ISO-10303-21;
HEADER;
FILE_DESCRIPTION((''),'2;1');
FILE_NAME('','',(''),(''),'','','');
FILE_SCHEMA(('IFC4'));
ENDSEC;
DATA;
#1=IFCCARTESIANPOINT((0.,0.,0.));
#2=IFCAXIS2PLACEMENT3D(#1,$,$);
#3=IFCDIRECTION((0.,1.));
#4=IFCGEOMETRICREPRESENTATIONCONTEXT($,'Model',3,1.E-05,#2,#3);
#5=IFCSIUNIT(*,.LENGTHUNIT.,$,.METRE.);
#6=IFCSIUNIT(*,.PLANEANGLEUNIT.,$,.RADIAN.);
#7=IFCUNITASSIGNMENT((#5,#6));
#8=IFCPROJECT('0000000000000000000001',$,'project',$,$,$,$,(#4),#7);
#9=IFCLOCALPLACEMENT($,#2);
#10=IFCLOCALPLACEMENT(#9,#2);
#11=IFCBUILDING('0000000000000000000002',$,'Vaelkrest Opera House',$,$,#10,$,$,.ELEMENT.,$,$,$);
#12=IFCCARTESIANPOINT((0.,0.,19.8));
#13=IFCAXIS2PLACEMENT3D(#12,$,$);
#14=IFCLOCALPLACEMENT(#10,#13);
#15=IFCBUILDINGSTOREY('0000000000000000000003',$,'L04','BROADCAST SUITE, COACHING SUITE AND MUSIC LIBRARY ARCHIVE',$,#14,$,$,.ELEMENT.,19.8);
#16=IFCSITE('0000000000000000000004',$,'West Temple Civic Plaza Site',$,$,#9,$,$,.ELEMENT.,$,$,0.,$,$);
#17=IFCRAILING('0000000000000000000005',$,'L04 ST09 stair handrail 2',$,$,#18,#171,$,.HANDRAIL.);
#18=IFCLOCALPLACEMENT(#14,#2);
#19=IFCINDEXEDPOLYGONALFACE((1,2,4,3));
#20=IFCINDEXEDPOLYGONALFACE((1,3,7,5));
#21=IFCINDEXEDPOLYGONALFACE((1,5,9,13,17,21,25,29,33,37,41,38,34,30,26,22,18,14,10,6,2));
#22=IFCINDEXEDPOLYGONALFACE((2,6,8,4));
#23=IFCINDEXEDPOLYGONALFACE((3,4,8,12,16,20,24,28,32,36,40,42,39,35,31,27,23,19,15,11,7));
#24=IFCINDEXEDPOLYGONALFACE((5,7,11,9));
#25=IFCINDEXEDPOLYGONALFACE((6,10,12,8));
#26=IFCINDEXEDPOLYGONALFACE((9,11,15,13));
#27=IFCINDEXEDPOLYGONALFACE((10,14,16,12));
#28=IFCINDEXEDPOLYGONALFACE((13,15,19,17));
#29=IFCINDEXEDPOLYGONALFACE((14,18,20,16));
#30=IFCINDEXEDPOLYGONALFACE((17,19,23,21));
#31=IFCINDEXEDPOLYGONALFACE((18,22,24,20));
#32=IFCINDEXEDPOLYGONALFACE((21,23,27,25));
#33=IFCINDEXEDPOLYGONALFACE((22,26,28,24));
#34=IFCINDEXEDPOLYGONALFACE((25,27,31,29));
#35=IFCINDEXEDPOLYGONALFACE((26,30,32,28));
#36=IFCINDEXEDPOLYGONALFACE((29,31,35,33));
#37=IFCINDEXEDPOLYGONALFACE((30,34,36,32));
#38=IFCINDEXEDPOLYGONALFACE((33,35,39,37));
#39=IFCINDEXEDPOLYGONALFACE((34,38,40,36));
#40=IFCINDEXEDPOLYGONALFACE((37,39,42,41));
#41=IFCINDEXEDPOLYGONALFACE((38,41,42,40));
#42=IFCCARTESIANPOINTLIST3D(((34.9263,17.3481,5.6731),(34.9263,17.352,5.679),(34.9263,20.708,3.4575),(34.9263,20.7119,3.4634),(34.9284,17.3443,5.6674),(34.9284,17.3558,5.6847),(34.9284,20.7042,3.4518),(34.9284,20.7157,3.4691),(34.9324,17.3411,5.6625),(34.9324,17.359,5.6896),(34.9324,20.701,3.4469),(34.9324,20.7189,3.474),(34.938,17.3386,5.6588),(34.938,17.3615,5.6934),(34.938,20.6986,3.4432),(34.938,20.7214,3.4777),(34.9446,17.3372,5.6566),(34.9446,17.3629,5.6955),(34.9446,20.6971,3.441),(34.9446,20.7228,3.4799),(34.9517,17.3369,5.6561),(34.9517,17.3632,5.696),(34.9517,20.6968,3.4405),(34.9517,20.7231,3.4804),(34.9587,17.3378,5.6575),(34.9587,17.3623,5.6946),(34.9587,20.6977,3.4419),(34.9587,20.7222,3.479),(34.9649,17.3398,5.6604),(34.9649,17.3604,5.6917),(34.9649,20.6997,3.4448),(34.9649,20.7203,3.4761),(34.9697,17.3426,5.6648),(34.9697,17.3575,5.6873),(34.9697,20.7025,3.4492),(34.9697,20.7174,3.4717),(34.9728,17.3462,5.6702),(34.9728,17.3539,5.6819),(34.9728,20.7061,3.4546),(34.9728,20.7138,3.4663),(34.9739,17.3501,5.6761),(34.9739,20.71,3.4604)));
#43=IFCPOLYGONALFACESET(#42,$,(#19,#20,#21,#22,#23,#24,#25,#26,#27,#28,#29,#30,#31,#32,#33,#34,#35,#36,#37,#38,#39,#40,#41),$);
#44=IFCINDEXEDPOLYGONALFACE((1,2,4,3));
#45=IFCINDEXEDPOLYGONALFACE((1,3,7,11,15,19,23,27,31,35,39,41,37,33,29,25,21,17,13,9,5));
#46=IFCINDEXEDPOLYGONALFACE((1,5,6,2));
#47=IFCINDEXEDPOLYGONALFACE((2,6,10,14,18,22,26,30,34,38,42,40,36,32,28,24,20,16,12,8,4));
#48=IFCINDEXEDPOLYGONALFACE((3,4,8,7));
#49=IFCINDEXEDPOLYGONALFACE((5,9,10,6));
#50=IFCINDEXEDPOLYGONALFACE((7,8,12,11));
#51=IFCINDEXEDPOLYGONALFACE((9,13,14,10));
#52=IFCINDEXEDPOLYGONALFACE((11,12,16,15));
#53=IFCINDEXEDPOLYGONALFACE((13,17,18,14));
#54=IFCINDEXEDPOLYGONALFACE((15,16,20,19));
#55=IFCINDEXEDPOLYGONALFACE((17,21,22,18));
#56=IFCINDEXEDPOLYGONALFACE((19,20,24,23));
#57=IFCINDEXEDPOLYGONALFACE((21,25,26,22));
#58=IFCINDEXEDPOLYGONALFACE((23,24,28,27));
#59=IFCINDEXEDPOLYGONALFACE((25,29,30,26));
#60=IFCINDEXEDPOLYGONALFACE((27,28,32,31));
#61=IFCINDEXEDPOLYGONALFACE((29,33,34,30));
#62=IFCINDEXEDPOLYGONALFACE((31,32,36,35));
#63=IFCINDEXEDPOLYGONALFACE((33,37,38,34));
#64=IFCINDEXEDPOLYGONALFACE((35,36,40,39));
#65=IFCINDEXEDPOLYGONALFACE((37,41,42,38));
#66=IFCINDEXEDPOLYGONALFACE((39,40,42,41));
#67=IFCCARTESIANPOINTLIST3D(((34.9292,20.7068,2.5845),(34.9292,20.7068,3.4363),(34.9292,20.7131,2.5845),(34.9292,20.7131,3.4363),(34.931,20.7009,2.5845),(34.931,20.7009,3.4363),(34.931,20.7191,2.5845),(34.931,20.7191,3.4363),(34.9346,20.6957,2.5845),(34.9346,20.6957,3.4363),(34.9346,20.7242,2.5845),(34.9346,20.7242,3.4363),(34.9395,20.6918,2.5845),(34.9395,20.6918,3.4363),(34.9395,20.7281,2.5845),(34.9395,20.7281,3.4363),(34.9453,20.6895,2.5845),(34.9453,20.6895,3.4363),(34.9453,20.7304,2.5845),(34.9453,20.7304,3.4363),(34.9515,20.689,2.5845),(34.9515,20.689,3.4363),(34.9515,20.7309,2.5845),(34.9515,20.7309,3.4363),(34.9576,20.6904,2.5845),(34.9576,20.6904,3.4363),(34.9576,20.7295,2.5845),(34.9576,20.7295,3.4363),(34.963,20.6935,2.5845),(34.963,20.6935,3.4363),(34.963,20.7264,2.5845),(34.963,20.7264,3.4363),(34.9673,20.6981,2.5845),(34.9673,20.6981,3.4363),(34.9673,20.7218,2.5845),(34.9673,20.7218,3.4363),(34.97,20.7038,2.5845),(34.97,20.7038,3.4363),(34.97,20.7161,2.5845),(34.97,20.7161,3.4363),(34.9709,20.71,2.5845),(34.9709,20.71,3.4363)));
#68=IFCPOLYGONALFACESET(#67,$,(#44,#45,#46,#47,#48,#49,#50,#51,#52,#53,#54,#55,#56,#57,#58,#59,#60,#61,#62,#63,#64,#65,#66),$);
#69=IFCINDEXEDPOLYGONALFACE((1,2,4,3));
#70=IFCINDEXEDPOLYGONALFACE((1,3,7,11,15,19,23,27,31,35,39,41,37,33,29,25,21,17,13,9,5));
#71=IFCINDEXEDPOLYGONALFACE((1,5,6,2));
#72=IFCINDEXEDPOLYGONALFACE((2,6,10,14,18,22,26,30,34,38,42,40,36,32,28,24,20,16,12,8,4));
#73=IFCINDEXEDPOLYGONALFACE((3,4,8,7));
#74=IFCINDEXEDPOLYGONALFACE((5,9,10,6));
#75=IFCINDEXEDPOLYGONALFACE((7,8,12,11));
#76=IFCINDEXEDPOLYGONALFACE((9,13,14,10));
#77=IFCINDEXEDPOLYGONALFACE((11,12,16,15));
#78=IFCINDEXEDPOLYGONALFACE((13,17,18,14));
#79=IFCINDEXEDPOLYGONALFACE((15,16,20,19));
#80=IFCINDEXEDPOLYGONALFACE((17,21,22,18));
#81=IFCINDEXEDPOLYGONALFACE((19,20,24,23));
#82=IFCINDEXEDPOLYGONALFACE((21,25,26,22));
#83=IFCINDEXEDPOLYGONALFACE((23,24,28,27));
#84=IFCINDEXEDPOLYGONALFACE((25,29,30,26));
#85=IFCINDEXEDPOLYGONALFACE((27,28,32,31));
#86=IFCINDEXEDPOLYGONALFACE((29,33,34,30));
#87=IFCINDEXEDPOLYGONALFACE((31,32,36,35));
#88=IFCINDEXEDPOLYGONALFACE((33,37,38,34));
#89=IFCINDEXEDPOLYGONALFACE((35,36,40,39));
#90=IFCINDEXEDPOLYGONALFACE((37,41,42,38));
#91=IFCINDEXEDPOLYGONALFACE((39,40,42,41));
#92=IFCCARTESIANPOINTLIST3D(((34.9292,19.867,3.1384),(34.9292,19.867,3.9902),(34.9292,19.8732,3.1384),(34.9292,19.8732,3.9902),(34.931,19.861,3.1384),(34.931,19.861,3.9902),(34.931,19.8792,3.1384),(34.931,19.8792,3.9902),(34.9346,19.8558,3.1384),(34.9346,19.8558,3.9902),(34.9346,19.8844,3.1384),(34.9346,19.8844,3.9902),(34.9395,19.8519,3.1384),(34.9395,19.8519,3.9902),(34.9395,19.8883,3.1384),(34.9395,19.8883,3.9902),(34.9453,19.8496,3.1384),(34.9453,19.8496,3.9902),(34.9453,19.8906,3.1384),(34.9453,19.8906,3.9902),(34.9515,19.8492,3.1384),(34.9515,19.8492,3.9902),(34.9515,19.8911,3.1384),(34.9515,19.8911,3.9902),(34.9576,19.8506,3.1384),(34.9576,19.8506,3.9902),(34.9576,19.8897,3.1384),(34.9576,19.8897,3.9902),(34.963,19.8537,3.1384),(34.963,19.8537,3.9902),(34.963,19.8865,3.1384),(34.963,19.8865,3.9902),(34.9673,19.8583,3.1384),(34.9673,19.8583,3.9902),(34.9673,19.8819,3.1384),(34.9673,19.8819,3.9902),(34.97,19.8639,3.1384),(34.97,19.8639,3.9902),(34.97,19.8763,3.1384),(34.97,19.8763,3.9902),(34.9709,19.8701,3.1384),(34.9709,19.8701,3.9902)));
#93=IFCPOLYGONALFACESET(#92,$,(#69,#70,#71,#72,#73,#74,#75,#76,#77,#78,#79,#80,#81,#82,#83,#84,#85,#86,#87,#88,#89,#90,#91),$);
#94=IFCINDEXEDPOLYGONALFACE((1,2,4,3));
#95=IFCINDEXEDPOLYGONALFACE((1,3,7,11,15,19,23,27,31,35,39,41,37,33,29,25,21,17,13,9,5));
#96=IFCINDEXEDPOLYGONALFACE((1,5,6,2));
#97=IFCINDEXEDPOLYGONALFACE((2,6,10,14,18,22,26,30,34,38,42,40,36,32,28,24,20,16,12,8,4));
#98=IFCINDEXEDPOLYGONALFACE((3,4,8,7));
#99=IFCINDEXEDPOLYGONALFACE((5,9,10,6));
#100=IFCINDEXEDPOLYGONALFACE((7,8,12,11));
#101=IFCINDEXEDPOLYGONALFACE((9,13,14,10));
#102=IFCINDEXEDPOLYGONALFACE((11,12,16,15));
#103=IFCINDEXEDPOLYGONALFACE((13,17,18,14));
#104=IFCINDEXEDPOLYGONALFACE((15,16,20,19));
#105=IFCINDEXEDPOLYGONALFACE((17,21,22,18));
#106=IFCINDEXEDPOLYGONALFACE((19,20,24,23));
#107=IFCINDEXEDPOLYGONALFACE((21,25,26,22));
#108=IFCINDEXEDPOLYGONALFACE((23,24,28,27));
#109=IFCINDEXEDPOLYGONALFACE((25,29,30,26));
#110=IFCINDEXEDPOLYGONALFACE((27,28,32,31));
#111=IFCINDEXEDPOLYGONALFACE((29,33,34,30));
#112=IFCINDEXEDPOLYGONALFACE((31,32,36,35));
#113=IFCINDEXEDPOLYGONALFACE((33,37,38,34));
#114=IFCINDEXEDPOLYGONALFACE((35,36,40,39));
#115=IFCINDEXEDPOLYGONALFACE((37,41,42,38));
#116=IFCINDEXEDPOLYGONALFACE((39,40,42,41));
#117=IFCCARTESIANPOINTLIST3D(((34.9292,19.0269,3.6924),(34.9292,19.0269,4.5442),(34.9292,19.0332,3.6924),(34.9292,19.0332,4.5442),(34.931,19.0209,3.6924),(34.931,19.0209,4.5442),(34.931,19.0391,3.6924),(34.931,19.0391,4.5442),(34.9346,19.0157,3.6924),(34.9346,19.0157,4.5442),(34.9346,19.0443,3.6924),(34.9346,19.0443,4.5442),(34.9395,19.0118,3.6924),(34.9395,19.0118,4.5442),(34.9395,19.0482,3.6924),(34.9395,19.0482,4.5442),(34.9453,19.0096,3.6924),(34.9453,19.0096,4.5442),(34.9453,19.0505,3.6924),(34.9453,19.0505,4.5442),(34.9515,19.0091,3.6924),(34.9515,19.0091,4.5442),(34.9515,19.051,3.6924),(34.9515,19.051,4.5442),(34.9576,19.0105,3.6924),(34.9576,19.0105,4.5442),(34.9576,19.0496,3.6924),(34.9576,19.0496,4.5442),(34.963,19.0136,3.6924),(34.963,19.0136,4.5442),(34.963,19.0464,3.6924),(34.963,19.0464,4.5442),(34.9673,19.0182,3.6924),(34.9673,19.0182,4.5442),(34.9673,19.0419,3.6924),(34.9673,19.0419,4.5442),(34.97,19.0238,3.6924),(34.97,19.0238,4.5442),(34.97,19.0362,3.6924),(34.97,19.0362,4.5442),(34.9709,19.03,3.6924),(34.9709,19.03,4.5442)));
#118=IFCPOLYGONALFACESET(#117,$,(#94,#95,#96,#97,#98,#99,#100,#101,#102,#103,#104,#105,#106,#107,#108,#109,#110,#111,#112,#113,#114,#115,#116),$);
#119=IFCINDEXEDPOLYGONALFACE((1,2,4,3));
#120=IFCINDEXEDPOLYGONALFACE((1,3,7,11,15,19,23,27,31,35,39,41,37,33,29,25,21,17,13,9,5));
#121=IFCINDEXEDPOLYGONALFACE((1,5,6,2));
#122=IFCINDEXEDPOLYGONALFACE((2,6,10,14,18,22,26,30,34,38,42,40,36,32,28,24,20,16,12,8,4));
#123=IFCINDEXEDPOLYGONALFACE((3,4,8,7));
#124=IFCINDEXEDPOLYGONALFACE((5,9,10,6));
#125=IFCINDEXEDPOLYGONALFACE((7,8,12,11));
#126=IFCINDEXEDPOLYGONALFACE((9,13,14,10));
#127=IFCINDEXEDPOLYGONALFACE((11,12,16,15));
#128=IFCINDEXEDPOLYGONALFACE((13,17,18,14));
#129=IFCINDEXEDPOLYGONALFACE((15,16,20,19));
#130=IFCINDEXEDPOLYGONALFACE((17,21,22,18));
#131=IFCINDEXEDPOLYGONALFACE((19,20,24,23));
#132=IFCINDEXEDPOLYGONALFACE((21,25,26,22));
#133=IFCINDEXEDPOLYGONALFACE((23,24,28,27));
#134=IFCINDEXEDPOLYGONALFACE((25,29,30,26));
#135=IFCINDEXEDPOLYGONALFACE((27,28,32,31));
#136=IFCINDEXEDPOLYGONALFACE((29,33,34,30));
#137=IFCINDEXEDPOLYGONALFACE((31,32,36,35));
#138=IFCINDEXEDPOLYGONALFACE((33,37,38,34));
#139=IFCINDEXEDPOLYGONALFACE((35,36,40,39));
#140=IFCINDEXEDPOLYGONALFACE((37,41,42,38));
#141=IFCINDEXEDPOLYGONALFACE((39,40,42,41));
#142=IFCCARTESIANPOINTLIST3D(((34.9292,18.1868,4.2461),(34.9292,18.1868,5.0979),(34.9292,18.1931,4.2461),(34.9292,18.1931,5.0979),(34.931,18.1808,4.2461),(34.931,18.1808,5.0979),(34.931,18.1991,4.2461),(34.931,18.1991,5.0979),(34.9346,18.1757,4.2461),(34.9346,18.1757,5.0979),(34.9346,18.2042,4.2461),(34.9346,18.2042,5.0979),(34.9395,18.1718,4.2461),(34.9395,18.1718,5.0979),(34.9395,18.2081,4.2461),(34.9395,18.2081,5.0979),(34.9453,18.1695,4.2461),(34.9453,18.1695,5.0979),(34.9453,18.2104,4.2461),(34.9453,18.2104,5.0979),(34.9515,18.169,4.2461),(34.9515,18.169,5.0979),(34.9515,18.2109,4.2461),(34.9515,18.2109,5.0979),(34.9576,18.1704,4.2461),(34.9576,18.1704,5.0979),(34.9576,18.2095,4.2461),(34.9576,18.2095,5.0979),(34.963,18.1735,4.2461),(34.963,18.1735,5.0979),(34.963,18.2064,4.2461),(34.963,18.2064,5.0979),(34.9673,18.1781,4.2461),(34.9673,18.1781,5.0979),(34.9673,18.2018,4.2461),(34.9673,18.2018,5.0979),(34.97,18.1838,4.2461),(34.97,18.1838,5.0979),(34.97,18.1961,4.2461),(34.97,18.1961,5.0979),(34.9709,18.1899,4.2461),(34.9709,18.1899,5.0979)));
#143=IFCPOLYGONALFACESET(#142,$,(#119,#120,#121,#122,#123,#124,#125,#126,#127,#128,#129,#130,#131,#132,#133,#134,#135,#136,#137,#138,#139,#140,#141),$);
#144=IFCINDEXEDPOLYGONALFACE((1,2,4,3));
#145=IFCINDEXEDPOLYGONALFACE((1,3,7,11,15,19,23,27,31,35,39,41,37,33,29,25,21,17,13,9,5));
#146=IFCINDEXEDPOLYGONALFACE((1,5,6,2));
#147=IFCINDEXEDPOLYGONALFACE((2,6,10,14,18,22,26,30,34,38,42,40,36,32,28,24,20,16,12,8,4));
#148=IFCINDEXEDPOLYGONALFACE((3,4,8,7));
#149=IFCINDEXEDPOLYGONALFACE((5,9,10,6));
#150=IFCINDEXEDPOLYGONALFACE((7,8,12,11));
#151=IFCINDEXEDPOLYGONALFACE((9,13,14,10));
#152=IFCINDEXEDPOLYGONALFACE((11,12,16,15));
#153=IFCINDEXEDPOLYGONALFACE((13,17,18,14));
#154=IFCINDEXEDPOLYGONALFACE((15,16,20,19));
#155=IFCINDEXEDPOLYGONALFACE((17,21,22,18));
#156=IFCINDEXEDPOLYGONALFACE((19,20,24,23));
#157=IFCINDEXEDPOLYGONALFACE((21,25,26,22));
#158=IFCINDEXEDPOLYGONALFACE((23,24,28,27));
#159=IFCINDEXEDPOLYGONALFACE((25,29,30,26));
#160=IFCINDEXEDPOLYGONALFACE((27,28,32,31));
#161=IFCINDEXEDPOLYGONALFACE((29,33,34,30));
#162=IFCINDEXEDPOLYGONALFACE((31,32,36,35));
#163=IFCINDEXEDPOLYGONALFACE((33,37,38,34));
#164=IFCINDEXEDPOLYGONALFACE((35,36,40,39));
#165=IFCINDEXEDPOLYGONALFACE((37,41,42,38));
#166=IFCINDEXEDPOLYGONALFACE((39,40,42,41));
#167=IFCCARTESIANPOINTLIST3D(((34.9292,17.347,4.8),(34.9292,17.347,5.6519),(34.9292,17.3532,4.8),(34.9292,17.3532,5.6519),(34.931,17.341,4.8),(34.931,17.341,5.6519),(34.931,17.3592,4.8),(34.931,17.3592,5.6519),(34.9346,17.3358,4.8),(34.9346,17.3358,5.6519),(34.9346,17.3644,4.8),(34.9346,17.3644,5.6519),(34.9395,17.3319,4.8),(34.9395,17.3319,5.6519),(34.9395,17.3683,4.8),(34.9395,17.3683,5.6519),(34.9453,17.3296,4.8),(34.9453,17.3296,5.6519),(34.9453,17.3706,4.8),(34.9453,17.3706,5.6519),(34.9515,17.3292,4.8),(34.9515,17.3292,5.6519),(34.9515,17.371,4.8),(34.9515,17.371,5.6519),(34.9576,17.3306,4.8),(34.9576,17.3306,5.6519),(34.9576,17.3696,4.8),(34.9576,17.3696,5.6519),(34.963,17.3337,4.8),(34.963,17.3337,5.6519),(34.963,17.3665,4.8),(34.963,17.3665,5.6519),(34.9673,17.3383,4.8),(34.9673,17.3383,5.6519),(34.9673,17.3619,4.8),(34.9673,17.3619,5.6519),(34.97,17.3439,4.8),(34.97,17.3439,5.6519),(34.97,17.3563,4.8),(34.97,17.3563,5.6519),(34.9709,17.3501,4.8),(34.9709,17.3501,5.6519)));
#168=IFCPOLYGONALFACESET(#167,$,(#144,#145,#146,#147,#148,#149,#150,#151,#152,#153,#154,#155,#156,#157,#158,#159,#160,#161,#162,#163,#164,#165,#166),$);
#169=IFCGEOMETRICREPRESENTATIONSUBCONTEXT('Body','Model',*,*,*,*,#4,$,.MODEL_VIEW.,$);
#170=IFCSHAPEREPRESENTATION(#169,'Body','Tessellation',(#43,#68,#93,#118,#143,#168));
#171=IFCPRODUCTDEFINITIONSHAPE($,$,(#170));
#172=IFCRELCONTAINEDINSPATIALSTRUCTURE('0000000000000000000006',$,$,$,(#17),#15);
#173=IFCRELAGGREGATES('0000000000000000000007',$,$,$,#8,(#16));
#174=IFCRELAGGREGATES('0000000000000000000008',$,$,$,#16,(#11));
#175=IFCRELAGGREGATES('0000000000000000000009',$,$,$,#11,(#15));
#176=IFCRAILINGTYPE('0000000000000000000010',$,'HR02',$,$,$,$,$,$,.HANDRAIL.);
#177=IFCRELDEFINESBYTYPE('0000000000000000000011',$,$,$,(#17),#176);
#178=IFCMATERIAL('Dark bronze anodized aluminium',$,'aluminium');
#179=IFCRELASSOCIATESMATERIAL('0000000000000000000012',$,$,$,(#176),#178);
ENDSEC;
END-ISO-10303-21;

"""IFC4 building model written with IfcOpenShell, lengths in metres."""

from ifc_helpers import new_model, si_unit, direction, frame, origin, origin_2d, place, context, subcontext, project, spatial, circle, extrude, material, type_object, element, save


model = new_model("IFC4")

# Units and contexts
model_context = context("Model", 3, precision=1e-05, world=origin(), true_north=direction((0.0, 1.0)))
body_context = subcontext(model_context, "Body", "Model", "MODEL_VIEW")
ifc_project = project(units=[si_unit("LENGTHUNIT", "METRE"), si_unit("PLANEANGLEUNIT", "RADIAN")], contexts=[model_context])

# Site, building, storey
site_placement = place(None, origin())
site = spatial("IfcSite", under=ifc_project, at=site_placement, Name="West Temple Civic Plaza Site", CompositionType="ELEMENT", RefElevation=0.0)
building_placement = place(site_placement, origin())
building = spatial("IfcBuilding", under=site, at=building_placement, Name="Vaelkrest Opera House", CompositionType="ELEMENT")
storey_placement = place(building_placement, frame((0.0, 0.0, 19.8)))
storey = spatial("IfcBuildingStorey", under=building, at=storey_placement, Name="L04", Description="BROADCAST SUITE, COACHING SUITE AND MUSIC LIBRARY ARCHIVE", CompositionType="ELEMENT", Elevation=19.8)

# Railing
ifc_material_1 = material(Name="Dark bronze anodized aluminium", Category="aluminium")
railing_type_1 = type_object("IfcRailingType", Name="HR02", PredefinedType="HANDRAIL", material=ifc_material_1)
railing_1_placement = place(storey_placement, frame((34.95, 20.71, 2.5845)))
element("IfcRailing", 1, at=railing_1_placement, inside=storey, type_object=railing_type_1, Name="L04 ST09 stair handrail 2", PredefinedType="HANDRAIL", context=body_context, shape_type="SweptSolid", body=[
    extrude(circle(Radius=0.0239, at=origin_2d()), frame((0.0, 0.0, 0.876), z_axis=(0.0, -0.83483, 0.550508), x_axis=(1.0, 0.0, 0.0)), (0.0, 0.0, 1.0), 4.0247),
    extrude(circle(Radius=0.021, at=origin_2d()), origin(), (0.0, 0.0, 1.0), 0.8518),
    extrude(circle(Radius=0.021, at=origin_2d()), frame((0.0, -0.8398, 0.554)), (0.0, 0.0, 1.0), 0.8518),
    extrude(circle(Radius=0.021, at=origin_2d()), frame((0.0, -1.6799, 1.1079)), (0.0, 0.0, 1.0), 0.8518),
    extrude(circle(Radius=0.021, at=origin_2d()), frame((0.0, -2.52, 1.6616)), (0.0, 0.0, 1.0), 0.8518),
    extrude(circle(Radius=0.021, at=origin_2d()), frame((0.0, -3.3599, 2.2156)), (0.0, 0.0, 1.0), 0.8518),
])

save(model, "model.ifc")
